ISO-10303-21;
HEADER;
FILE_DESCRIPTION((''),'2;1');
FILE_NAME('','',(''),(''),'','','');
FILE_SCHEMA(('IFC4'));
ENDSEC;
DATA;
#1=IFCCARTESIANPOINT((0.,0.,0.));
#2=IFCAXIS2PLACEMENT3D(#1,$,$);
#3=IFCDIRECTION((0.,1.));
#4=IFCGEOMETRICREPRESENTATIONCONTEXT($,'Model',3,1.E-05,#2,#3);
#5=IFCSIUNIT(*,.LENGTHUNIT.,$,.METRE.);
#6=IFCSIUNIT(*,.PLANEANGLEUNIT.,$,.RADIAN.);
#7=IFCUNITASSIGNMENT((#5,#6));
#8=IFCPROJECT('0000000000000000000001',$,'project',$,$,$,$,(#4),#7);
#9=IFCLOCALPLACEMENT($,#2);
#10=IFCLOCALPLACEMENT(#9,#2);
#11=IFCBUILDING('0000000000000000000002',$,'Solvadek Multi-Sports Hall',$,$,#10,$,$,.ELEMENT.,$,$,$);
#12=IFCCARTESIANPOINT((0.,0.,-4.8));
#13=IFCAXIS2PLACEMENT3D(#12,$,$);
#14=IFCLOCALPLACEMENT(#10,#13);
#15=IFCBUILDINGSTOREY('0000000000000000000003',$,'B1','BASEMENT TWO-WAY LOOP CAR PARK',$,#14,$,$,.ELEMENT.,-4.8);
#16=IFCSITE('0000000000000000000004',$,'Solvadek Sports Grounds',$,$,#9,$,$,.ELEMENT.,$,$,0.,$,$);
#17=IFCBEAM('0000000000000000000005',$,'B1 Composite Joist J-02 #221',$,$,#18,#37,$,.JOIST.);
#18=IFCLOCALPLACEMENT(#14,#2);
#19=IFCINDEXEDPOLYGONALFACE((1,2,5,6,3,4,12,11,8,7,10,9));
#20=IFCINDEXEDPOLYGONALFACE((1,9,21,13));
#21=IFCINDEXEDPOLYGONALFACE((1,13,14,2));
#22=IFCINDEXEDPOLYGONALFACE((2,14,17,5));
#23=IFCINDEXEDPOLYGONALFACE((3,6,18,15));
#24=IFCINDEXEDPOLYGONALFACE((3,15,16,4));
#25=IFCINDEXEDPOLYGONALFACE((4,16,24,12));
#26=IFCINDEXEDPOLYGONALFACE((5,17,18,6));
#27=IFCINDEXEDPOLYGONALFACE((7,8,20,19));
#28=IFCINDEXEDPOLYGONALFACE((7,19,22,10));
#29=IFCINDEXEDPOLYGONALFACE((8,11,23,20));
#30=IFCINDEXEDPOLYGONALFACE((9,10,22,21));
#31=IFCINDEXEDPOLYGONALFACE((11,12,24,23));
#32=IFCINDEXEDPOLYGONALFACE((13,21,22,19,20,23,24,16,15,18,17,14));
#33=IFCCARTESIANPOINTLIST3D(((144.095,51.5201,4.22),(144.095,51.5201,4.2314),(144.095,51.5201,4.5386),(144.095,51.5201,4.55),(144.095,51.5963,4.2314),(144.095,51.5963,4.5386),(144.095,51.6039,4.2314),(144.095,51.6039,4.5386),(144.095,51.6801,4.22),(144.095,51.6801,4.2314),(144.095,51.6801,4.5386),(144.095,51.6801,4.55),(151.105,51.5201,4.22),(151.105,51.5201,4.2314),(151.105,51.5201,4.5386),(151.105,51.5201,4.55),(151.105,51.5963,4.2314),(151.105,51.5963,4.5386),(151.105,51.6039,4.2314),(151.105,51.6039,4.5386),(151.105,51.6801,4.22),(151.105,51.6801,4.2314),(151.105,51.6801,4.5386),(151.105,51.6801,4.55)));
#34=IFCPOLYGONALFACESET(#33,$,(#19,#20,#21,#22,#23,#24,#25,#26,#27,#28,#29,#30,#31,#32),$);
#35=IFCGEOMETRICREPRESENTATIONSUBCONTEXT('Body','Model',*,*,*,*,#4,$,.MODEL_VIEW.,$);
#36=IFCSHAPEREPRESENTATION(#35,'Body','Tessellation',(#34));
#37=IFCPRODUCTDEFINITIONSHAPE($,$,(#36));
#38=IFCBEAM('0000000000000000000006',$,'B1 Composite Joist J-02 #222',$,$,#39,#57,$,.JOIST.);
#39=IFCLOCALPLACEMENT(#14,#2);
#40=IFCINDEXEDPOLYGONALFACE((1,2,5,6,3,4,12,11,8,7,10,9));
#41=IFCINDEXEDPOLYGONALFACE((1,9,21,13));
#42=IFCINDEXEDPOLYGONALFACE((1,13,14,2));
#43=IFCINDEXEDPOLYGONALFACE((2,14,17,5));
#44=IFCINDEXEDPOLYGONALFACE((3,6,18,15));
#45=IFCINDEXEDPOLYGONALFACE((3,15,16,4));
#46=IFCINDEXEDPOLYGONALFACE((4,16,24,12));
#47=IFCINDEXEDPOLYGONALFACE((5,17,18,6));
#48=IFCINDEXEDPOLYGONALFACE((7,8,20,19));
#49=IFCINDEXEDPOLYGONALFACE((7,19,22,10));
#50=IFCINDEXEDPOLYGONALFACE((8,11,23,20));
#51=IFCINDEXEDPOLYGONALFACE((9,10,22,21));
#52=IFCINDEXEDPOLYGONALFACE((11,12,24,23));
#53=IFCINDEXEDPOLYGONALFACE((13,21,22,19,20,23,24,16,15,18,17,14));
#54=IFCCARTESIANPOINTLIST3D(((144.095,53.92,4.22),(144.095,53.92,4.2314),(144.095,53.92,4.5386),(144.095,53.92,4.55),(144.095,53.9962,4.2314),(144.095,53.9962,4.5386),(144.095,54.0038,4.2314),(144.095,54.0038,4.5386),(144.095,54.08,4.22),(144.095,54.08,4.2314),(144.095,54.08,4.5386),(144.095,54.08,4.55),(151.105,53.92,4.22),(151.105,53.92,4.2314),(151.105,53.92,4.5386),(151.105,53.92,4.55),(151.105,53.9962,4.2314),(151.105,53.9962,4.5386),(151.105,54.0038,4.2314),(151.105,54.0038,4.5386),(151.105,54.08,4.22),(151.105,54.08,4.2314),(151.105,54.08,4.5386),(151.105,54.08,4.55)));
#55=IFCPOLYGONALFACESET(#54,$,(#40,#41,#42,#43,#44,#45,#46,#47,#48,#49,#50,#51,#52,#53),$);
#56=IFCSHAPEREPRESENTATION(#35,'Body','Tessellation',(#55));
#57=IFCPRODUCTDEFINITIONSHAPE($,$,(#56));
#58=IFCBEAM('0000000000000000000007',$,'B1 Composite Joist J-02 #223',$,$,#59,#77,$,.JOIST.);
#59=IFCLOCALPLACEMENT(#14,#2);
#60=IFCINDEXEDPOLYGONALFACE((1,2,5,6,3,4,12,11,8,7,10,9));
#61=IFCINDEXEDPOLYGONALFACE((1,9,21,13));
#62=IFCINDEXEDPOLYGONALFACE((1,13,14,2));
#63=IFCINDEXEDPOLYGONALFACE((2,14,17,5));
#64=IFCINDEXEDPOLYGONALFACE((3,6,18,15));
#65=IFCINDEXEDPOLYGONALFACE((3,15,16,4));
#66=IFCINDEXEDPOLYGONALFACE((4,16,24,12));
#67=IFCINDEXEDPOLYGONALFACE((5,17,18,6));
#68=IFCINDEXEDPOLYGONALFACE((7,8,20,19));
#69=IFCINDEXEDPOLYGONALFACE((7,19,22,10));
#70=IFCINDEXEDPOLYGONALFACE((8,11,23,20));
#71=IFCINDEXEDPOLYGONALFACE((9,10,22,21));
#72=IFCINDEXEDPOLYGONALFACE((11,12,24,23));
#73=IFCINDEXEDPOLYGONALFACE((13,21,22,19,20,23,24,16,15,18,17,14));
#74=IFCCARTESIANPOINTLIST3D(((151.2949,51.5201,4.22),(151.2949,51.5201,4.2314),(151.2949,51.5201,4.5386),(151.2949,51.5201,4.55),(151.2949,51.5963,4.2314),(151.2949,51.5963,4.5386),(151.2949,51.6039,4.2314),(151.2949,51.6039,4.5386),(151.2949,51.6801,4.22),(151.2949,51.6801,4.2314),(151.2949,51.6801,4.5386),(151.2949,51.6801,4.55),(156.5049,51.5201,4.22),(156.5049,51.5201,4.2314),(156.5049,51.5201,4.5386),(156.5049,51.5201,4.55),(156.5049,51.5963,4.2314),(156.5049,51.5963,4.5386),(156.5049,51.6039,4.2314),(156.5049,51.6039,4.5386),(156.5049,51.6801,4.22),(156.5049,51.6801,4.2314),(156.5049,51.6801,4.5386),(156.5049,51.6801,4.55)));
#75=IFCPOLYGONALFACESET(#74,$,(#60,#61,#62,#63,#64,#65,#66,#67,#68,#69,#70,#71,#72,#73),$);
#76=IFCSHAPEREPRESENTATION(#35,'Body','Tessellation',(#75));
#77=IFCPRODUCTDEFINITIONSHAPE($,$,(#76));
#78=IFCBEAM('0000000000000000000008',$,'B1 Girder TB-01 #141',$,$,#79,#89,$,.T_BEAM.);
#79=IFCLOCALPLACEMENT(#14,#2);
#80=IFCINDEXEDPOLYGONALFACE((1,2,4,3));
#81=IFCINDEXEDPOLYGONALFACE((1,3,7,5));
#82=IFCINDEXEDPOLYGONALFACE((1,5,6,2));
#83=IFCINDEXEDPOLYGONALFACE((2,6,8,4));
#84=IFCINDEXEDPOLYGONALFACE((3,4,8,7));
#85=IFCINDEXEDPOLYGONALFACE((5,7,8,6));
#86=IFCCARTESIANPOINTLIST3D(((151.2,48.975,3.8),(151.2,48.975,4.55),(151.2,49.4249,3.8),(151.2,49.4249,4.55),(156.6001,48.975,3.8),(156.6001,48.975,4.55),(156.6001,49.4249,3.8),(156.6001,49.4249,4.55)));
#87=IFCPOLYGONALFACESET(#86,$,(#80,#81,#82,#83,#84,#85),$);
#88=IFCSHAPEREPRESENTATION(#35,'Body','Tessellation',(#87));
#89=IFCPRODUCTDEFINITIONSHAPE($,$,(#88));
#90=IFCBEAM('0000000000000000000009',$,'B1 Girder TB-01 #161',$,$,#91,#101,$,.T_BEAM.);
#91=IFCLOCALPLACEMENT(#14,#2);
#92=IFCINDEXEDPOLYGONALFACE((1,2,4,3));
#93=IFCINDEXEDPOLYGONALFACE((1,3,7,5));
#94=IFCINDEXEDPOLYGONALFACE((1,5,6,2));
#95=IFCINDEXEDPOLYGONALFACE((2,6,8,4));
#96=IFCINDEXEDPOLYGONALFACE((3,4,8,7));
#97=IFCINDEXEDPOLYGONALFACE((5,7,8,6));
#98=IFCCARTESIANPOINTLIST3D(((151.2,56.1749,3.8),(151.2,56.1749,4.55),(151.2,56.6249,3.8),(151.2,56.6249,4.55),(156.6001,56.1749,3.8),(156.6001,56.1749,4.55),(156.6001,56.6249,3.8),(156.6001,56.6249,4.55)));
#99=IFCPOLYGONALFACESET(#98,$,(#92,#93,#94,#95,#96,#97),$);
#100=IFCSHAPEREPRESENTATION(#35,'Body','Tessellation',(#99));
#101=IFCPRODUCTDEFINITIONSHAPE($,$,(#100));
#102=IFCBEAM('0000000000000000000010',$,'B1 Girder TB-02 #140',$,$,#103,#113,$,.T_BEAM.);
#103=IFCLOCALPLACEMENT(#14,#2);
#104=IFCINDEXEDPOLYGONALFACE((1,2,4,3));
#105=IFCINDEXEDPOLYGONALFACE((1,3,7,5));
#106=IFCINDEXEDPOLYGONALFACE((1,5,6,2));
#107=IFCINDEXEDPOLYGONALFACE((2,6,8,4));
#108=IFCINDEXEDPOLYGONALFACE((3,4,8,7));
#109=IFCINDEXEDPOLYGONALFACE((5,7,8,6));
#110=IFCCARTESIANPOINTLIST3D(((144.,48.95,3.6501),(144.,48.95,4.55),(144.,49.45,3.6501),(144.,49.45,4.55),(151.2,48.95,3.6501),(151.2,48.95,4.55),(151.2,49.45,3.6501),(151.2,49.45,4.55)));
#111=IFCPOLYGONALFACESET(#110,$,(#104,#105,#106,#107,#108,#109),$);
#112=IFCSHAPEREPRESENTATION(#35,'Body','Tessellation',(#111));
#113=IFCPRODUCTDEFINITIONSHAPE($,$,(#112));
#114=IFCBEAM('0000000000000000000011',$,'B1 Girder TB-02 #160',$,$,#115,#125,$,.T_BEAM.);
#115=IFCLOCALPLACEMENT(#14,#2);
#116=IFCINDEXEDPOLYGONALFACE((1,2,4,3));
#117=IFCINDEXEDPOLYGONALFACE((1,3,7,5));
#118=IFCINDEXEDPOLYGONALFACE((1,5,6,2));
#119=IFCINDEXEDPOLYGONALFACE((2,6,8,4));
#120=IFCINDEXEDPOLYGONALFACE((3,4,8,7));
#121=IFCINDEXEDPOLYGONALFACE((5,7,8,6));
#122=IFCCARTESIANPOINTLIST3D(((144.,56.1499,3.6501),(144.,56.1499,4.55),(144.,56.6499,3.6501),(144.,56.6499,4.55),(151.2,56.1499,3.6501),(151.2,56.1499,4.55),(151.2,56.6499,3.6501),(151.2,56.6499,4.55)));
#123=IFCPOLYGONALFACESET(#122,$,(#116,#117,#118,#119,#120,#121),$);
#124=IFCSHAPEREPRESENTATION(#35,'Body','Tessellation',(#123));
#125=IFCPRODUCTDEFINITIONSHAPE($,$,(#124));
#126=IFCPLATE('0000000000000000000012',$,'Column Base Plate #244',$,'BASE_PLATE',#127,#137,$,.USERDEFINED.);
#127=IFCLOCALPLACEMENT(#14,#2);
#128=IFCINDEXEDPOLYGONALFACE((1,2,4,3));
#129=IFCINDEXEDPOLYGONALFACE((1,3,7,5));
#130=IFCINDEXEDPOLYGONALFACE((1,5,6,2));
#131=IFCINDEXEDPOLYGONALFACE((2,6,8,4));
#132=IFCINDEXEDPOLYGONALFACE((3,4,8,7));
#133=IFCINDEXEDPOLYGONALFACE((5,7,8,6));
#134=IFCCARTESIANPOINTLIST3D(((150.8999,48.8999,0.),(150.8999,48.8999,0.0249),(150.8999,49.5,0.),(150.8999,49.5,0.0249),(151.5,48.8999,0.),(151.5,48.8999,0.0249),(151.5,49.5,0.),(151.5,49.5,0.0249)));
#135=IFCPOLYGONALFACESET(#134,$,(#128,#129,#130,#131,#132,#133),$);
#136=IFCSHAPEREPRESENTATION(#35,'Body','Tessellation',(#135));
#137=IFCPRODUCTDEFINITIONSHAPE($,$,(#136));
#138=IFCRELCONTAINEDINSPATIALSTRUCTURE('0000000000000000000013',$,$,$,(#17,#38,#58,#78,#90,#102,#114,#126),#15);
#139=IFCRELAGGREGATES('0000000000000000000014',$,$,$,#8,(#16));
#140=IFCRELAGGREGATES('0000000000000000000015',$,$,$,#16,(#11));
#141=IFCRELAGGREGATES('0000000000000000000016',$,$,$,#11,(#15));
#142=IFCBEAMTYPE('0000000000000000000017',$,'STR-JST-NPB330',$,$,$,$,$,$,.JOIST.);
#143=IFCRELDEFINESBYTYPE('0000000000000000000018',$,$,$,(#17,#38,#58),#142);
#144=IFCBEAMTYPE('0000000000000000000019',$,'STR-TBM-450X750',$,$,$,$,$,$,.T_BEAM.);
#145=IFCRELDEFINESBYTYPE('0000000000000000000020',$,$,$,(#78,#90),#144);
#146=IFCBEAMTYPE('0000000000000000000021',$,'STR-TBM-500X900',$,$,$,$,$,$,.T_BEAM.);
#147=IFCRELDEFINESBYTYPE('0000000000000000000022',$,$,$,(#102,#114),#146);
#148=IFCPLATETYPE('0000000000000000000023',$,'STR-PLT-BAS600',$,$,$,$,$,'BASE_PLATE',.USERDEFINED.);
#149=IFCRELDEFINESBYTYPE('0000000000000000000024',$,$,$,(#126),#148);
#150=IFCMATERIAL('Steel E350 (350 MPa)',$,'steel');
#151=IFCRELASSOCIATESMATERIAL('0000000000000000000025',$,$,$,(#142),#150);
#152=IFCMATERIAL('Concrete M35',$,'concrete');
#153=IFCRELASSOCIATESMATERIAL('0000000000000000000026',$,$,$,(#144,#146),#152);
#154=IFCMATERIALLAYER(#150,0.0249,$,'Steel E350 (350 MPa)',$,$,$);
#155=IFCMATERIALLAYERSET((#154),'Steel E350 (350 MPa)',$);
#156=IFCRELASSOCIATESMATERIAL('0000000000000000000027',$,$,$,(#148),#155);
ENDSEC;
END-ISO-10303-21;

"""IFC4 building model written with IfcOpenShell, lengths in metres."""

from ifc_helpers import new_model, si_unit, direction, frame, origin, origin_2d, place, context, subcontext, project, spatial, rectangle, i_section, extrude, material, layer, layer_set, material_profile, profile_set, type_object, element, save


model = new_model("IFC4")

# Units and contexts
model_context = context("Model", 3, precision=1e-05, world=origin(), true_north=direction((0.0, 1.0)))
body_context = subcontext(model_context, "Body", "Model", "MODEL_VIEW")
ifc_project = project(units=[si_unit("LENGTHUNIT", "METRE"), si_unit("PLANEANGLEUNIT", "RADIAN")], contexts=[model_context])

# Site, building, storey
site_placement = place(None, origin())
site = spatial("IfcSite", under=ifc_project, at=site_placement, Name="Solvadek Sports Grounds", CompositionType="ELEMENT", RefElevation=0.0)
building_placement = place(site_placement, origin())
building = spatial("IfcBuilding", under=site, at=building_placement, Name="Solvadek Multi-Sports Hall", CompositionType="ELEMENT")
storey_placement = place(building_placement, frame((0.0, 0.0, -4.8)))
storey = spatial("IfcBuildingStorey", under=building, at=storey_placement, Name="B1", Description="BASEMENT TWO-WAY LOOP CAR PARK", CompositionType="ELEMENT", Elevation=-4.8)

# Shared definitions
ifc_material_1 = material(Name="Concrete M35", Category="concrete")

# Shared definitions
ifc_material_2 = material(Name="Steel E350 (350 MPa)", Category="steel")

# Beams
ifc_material_profile_1 = material_profile(ifc_material_2, i_section(OverallWidth=0.1599, OverallDepth=0.3301, WebThickness=0.0076, FlangeThickness=0.0115, at=origin_2d()), Name="NPB 330")
ifc_profile_set_1 = profile_set([ifc_material_profile_1], Name="Steel E350 (350 MPa)")
beam_type_1 = type_object("IfcBeamType", Name="STR-JST-NPB330", PredefinedType="JOIST", material=ifc_profile_set_1)
for number, where, z_axis, x_axis, name in (
    (1, (144.095, 51.6001, 4.385), (1.0, 0.0, 0.0), (0.0, 1.0, 0.0), "B1 Composite Joist J-02 #221"),
    (2, (144.095, 54.0, 4.385), (1.0, 0.0, 0.0), (0.0, 1.0, 0.0), "B1 Composite Joist J-02 #222"),
):
    element("IfcBeam", number, at=place(storey_placement, frame(where, z_axis=z_axis, x_axis=x_axis)), inside=storey, type_object=beam_type_1, Name=name, PredefinedType="JOIST", context=body_context, shape_type="SweptSolid", body=[
        extrude(i_section(OverallWidth=0.1599, OverallDepth=0.3301, WebThickness=0.0076, FlangeThickness=0.0115, at=origin_2d()), origin(), (0.0, 0.0, 1.0), 7.01),
    ])
beam_placement = place(storey_placement, frame((151.2949, 51.6001, 4.385), z_axis=(1.0, 0.0, 0.0), x_axis=(0.0, 1.0, 0.0)))
element("IfcBeam", 3, at=beam_placement, inside=storey, type_object=beam_type_1, Name="B1 Composite Joist J-02 #223", PredefinedType="JOIST", context=body_context, shape_type="SweptSolid", body=[
    extrude(i_section(OverallWidth=0.1599, OverallDepth=0.3301, WebThickness=0.0076, FlangeThickness=0.0115, at=origin_2d()), origin(), (0.0, 0.0, 1.0), 5.21),
])
ifc_material_profile_2 = material_profile(ifc_material_1, rectangle(XDim=0.45, YDim=0.75, at=origin_2d()), Name="RC T-BEAM 450x750")
ifc_profile_set_2 = profile_set([ifc_material_profile_2], Name="Concrete M35")
beam_type_2 = type_object("IfcBeamType", Name="STR-TBM-450X750", PredefinedType="T_BEAM", material=ifc_profile_set_2)
for number, where, z_axis, x_axis, name in (
    (4, (151.2, 49.2, 4.175), (1.0, 0.0, 0.0), (0.0, 1.0, 0.0), "B1 Girder TB-01 #141"),
    (5, (151.2, 56.3999, 4.175), (1.0, 0.0, 0.0), (0.0, 1.0, 0.0), "B1 Girder TB-01 #161"),
):
    element("IfcBeam", number, at=place(storey_placement, frame(where, z_axis=z_axis, x_axis=x_axis)), inside=storey, type_object=beam_type_2, Name=name, PredefinedType="T_BEAM", context=body_context, shape_type="SweptSolid", body=[
        extrude(rectangle(XDim=0.45, YDim=0.75, at=origin_2d()), origin(), (0.0, 0.0, 1.0), 5.4001),
    ])
ifc_material_profile_3 = material_profile(ifc_material_1, rectangle(XDim=0.5, YDim=0.8999, at=origin_2d()), Name="RC T-BEAM 500x900")
ifc_profile_set_3 = profile_set([ifc_material_profile_3], Name="Concrete M35")
beam_type_3 = type_object("IfcBeamType", Name="STR-TBM-500X900", PredefinedType="T_BEAM", material=ifc_profile_set_3)
for number, where, z_axis, x_axis, name in (
    (6, (144.0, 49.2, 4.1001), (1.0, 0.0, 0.0), (0.0, 1.0, 0.0), "B1 Girder TB-02 #140"),
    (7, (144.0, 56.3999, 4.1001), (1.0, 0.0, 0.0), (0.0, 1.0, 0.0), "B1 Girder TB-02 #160"),
):
    element("IfcBeam", number, at=place(storey_placement, frame(where, z_axis=z_axis, x_axis=x_axis)), inside=storey, type_object=beam_type_3, Name=name, PredefinedType="T_BEAM", context=body_context, shape_type="SweptSolid", body=[
        extrude(rectangle(XDim=0.5, YDim=0.8999, at=origin_2d()), origin(), (0.0, 0.0, 1.0), 7.2),
    ])

# Plate
ifc_layer = layer(ifc_material_2, 0.0249, Name="Steel E350 (350 MPa)")
ifc_layer_set = layer_set([ifc_layer], Name="Steel E350 (350 MPa)")
plate_type = type_object("IfcPlateType", Name="STR-PLT-BAS600", ElementType="BASE_PLATE", PredefinedType="USERDEFINED", material=ifc_layer_set)
plate_placement = place(storey_placement, frame((151.2, 49.2, 0.0), z_axis=(0.0, 0.0, 1.0), x_axis=(1.0, 0.0, 0.0)))
element("IfcPlate", 8, at=plate_placement, inside=storey, type_object=plate_type, Name="Column Base Plate #244", ObjectType="BASE_PLATE", PredefinedType="USERDEFINED", context=body_context, shape_type="SweptSolid", body=[
    extrude(rectangle(XDim=0.6001, YDim=0.6001, at=origin_2d()), origin(), (0.0, 0.0, 1.0), 0.0249),
])

save(model, "model.ifc")
